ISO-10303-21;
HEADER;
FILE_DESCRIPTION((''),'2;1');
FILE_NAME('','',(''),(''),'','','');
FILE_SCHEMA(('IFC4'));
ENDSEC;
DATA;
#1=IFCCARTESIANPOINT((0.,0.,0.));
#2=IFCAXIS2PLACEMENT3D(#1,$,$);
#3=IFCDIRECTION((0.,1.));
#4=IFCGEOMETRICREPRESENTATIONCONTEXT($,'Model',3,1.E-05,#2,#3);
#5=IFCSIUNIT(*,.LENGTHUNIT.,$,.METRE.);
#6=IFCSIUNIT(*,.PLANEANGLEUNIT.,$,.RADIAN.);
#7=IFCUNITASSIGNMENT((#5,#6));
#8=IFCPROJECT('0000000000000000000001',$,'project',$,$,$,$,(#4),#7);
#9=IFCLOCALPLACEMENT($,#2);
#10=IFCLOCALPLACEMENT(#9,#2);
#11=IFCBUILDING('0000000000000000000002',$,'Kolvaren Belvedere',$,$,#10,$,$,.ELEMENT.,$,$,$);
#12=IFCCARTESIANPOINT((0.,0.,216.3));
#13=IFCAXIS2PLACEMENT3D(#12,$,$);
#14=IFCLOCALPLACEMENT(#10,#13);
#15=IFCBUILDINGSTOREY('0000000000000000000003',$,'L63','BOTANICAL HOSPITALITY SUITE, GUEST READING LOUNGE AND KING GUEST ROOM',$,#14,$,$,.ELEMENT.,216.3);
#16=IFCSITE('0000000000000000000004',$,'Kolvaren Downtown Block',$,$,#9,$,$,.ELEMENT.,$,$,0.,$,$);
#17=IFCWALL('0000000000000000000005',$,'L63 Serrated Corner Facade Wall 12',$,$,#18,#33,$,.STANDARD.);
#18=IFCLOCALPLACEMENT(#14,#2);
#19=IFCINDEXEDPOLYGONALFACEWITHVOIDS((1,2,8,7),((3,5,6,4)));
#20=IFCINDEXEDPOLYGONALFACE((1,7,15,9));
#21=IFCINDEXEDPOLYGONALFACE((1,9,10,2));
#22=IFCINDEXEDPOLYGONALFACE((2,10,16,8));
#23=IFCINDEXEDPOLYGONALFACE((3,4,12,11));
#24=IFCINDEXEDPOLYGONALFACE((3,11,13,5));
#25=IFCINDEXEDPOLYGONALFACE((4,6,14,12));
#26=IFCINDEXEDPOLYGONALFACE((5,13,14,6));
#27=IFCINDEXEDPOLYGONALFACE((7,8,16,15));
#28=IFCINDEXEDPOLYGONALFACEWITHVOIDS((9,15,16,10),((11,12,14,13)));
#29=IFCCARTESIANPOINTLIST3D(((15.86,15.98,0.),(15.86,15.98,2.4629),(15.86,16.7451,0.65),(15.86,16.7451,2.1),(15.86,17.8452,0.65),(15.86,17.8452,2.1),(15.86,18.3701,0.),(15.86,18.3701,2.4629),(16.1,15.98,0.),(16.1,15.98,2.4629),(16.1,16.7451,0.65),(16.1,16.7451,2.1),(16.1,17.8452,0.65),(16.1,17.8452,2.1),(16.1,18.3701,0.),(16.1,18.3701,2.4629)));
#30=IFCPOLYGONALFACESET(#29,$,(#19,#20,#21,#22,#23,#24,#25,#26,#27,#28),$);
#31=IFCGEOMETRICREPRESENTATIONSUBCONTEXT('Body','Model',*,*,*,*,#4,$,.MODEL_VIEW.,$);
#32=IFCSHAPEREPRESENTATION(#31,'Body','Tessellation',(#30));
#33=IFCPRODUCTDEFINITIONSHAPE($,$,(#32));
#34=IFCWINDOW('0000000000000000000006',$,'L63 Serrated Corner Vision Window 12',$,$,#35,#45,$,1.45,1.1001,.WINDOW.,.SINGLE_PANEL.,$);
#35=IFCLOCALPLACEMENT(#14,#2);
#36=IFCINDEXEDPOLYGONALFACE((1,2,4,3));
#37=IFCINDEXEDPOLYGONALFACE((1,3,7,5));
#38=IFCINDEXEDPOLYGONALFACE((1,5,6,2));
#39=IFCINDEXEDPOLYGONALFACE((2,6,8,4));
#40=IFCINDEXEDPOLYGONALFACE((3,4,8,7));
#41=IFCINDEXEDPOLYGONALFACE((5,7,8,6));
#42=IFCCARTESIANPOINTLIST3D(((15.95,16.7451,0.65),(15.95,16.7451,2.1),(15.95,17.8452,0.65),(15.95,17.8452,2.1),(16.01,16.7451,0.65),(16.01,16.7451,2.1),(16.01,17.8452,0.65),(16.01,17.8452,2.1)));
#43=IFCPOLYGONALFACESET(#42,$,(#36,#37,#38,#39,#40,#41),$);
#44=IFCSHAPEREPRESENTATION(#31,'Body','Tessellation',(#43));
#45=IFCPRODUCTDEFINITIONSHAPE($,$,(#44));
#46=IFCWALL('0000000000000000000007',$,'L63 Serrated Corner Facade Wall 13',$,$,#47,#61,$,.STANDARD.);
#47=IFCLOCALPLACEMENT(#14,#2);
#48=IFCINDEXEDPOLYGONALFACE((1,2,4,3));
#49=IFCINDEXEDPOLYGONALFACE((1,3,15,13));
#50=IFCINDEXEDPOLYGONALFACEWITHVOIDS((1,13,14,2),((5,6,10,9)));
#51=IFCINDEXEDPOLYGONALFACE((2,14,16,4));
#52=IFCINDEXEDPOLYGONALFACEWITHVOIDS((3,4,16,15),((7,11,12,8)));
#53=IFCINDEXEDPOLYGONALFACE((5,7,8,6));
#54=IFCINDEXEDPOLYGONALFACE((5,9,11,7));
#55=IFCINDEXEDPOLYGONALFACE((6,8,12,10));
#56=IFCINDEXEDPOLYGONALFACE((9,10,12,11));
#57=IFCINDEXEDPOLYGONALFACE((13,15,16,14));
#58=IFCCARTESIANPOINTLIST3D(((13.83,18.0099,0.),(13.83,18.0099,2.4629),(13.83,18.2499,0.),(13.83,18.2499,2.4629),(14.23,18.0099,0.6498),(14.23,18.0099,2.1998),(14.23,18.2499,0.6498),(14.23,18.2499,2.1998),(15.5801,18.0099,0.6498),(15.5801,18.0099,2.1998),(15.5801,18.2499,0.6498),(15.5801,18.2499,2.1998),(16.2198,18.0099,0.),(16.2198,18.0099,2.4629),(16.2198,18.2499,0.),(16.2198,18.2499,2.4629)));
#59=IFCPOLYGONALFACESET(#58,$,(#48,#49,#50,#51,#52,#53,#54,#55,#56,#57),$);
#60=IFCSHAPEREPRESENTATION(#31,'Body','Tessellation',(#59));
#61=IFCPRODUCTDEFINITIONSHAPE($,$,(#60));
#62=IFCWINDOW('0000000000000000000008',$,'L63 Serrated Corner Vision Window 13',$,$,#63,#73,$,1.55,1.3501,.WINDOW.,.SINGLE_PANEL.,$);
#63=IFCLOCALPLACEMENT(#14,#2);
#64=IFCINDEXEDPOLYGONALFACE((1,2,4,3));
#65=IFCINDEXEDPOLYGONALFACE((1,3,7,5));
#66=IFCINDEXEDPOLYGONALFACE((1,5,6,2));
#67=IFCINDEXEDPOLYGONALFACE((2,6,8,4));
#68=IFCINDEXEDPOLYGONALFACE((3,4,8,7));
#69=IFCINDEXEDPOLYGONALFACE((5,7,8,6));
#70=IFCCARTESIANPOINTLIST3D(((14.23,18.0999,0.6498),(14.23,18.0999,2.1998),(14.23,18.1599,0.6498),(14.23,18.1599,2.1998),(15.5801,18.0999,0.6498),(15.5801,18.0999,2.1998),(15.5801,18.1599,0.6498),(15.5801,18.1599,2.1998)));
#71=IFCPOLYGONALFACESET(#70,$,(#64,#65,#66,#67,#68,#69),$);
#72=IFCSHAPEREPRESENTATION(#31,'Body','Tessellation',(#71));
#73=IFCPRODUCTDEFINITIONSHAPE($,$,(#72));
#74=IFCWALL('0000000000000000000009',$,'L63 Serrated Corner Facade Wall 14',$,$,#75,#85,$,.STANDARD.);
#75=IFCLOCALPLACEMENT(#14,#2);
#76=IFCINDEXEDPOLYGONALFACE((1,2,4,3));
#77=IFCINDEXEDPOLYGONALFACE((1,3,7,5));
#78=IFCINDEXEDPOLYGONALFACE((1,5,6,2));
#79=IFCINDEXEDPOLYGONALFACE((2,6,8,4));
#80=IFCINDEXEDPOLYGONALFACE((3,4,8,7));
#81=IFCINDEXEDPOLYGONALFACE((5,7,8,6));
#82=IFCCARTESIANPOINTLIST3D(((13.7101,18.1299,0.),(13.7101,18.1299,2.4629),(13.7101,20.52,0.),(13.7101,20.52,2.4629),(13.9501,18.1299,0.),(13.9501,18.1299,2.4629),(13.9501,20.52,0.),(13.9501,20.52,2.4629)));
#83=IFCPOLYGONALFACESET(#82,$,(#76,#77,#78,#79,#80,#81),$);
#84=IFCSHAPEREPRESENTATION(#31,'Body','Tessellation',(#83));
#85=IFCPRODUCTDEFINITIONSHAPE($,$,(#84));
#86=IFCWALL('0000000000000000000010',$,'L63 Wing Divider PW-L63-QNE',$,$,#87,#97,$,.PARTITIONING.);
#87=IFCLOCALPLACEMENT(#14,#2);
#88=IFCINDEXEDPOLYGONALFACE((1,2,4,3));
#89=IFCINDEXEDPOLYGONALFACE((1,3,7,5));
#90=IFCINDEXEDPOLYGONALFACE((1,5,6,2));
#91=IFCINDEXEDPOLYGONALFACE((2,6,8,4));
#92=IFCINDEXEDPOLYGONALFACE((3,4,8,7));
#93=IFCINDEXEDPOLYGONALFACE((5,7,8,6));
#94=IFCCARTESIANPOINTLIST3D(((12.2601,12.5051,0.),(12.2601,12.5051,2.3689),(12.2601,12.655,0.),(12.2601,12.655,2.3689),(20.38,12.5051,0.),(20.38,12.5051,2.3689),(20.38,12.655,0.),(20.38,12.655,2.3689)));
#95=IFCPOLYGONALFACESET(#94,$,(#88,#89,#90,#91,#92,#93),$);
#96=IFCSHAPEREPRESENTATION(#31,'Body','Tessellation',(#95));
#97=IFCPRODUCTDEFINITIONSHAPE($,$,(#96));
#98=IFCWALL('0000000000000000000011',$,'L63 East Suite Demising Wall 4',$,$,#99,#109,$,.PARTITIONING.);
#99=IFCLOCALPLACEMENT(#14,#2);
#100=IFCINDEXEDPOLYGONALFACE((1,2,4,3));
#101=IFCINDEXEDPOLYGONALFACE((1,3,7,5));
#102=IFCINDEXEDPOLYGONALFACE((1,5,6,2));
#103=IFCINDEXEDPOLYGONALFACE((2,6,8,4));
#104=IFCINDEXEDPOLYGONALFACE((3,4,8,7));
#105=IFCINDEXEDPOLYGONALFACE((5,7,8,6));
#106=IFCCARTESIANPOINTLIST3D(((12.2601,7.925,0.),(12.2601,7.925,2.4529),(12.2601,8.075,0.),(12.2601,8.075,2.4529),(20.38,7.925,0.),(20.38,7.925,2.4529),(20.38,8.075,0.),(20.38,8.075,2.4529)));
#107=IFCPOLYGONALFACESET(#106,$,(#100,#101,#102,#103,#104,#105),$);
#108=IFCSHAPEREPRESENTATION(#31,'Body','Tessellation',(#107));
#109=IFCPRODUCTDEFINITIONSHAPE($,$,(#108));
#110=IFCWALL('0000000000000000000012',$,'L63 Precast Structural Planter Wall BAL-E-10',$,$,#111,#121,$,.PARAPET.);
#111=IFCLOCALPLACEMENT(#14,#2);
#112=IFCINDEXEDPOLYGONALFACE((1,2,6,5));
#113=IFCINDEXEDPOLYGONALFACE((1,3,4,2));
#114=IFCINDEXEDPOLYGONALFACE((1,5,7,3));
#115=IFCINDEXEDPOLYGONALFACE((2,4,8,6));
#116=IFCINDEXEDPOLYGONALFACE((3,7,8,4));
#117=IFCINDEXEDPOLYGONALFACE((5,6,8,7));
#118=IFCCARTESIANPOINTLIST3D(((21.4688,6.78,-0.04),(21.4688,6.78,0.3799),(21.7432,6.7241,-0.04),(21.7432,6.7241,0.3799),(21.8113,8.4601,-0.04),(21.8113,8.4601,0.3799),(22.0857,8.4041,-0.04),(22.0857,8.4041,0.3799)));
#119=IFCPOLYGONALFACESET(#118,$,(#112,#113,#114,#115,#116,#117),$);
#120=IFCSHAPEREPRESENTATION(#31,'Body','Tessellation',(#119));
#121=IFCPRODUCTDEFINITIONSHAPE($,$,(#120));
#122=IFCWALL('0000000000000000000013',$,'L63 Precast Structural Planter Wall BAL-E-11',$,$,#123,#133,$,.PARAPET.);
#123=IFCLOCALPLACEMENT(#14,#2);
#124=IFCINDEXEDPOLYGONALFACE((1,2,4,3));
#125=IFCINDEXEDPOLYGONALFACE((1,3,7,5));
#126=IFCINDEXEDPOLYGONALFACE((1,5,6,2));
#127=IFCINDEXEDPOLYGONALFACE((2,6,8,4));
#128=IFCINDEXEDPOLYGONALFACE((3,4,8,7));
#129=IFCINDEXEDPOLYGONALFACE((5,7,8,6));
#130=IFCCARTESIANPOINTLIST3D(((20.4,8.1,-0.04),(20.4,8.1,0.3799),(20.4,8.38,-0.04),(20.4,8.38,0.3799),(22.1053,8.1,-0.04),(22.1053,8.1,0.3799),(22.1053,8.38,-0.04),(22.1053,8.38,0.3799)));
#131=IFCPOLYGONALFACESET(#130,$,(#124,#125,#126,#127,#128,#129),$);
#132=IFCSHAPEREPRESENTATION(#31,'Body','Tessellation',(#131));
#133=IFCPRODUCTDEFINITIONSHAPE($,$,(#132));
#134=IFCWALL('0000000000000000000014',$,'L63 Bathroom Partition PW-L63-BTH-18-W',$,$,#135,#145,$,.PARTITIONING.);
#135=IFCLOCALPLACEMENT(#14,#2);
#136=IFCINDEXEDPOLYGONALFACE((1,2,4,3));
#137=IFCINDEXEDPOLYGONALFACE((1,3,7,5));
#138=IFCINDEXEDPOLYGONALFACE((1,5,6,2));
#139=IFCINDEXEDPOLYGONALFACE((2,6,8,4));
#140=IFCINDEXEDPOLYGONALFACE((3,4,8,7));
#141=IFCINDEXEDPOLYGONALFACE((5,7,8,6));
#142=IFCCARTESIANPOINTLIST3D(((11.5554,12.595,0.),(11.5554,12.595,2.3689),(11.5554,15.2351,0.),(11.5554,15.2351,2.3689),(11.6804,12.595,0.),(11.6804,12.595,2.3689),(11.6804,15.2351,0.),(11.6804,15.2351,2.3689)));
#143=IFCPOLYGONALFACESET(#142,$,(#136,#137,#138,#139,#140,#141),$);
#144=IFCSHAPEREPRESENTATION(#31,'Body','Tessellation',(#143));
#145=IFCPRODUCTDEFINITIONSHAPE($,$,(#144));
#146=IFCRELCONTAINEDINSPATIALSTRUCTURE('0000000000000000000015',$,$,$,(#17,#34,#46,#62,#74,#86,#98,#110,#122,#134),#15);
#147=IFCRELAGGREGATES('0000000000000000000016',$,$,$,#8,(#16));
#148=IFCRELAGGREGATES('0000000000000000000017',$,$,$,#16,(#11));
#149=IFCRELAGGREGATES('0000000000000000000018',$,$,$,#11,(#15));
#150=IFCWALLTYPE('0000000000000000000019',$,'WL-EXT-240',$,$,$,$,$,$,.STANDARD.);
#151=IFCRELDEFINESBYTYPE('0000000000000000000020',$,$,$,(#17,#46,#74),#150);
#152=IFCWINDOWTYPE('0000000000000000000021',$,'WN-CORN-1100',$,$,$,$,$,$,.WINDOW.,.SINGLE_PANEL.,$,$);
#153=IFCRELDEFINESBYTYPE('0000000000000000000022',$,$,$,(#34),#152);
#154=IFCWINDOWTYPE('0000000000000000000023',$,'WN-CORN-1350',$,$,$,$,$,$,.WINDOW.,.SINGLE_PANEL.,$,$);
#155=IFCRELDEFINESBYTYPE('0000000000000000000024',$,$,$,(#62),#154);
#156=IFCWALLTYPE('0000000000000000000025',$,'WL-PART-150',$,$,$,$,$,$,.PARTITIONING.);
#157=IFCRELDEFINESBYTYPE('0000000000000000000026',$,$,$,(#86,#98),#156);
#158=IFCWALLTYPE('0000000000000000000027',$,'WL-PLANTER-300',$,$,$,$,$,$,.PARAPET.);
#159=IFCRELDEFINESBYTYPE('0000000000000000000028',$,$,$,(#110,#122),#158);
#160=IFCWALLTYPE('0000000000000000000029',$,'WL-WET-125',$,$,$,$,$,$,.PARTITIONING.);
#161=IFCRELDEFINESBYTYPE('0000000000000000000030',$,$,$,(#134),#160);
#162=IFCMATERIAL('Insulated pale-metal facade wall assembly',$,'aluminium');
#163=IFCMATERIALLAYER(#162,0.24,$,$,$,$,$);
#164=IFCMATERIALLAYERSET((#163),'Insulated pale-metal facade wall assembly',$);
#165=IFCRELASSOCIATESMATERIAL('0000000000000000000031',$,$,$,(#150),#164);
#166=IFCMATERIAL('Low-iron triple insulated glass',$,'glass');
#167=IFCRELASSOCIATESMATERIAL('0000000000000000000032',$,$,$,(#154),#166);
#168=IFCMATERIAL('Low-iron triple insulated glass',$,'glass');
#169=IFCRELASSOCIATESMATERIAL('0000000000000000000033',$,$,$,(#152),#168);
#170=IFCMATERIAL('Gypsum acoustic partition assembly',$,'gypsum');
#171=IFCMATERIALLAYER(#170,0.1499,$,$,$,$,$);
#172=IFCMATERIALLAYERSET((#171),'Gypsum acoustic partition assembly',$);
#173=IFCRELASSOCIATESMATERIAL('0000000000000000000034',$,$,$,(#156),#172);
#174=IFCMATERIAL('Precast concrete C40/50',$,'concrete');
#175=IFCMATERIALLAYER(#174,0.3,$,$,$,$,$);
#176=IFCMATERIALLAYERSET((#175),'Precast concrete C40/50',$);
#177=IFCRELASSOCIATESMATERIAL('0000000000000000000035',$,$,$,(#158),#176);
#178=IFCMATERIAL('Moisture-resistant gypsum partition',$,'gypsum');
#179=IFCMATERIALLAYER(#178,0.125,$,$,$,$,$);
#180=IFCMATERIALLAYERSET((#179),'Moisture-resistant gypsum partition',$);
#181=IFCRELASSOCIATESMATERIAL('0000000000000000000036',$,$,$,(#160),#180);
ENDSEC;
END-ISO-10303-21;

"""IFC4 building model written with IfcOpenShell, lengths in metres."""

from ifc_helpers import new_model, si_unit, direction, frame, frame_2d, origin, place, context, subcontext, project, spatial, rectangle, extrude, material, layer, layer_set, type_object, element, fill, save


model = new_model("IFC4")

# Units and contexts
model_context = context("Model", 3, precision=1e-05, world=origin(), true_north=direction((0.0, 1.0)))
body_context = subcontext(model_context, "Body", "Model", "MODEL_VIEW")
ifc_project = project(units=[si_unit("LENGTHUNIT", "METRE"), si_unit("PLANEANGLEUNIT", "RADIAN")], contexts=[model_context])

# Site, building, storey
site_placement = place(None, origin())
site = spatial("IfcSite", under=ifc_project, at=site_placement, Name="Kolvaren Downtown Block", CompositionType="ELEMENT", RefElevation=0.0)
building_placement = place(site_placement, origin())
building = spatial("IfcBuilding", under=site, at=building_placement, Name="Kolvaren Belvedere", CompositionType="ELEMENT")
storey_placement = place(building_placement, frame((0.0, 0.0, 216.3)))
storey = spatial("IfcBuildingStorey", under=building, at=storey_placement, Name="L63", Description="BOTANICAL HOSPITALITY SUITE, GUEST READING LOUNGE AND KING GUEST ROOM", CompositionType="ELEMENT", Elevation=216.3)

# Shared definitions
ifc_material_1 = material(Name="Insulated pale-metal facade wall assembly", Category="aluminium")
ifc_layer_1 = layer(ifc_material_1, 0.24)
ifc_layer_set_1 = layer_set([ifc_layer_1], Name="Insulated pale-metal facade wall assembly")
wall_type_1 = type_object("IfcWallType", Name="WL-EXT-240", PredefinedType="STANDARD", material=ifc_layer_set_1)

# Walls, openings, windows
ifc_material_2 = material(Name="Low-iron triple insulated glass", Category="glass")
window_type_1 = type_object("IfcWindowType", Name="WN-CORN-1350", PartitioningType="SINGLE_PANEL", PredefinedType="WINDOW", material=ifc_material_2)
ifc_material_3 = material(Name="Low-iron triple insulated glass", Category="glass")
window_type_2 = type_object("IfcWindowType", Name="WN-CORN-1100", PartitioningType="SINGLE_PANEL", PredefinedType="WINDOW", material=ifc_material_3)
wall_1_placement = place(storey_placement, frame((15.98, 18.3701, 0.0), z_axis=(0.0, 0.0, 1.0), x_axis=(0.0, -1.0, 0.0)))
wall_1 = element("IfcWall", 1, at=wall_1_placement, inside=storey, type_object=wall_type_1, Name="L63 Serrated Corner Facade Wall 12", PredefinedType="STANDARD", context=body_context, shape_type="SweptSolid", body=[
    extrude(rectangle(XDim=2.3901, YDim=0.24, at=frame_2d((1.1951, 0.0))), origin(), (0.0, 0.0, 1.0), 2.4629),
])
opening_1_placement = place(wall_1_placement, frame((0.5249, 0.0, 0.6499)))
opening_1 = element("IfcOpeningElement", 2, at=opening_1_placement, cuts=wall_1, PredefinedType="OPENING", context=body_context, shape_type="SweptSolid", body=[
    extrude(rectangle(XDim=1.1001, YDim=1.45, at=frame_2d((0.55, 0.7251))), frame((0.0, 0.1299, 0.0), z_axis=(0.0, -1.0, 0.0), x_axis=(1.0, 0.0, 0.0)), (0.0, 0.0, 1.0), 0.26),
])
window_1_placement = place(opening_1_placement, origin())
window_1 = element("IfcWindow", 3, at=window_1_placement, inside=storey, type_object=window_type_2, Name="L63 Serrated Corner Vision Window 12", OverallHeight=1.45, OverallWidth=1.1001, PartitioningType="SINGLE_PANEL", PredefinedType="WINDOW", context=body_context, shape_type="SweptSolid", body=[
    extrude(rectangle(XDim=1.1001, YDim=1.45, at=frame_2d((0.55, 0.7251))), frame((0.0, 0.03, 0.0), z_axis=(0.0, -1.0, 0.0), x_axis=(1.0, 0.0, 0.0)), (0.0, 0.0, 1.0), 0.0601),
])
fill(opening_1, window_1)
wall_2_placement = place(storey_placement, frame((13.8301, 18.1299, 0.0), z_axis=(0.0, 0.0, 1.0), x_axis=(1.0, 0.0, 0.0)))
wall_2 = element("IfcWall", 4, at=wall_2_placement, inside=storey, type_object=wall_type_1, Name="L63 Serrated Corner Facade Wall 13", PredefinedType="STANDARD", context=body_context, shape_type="SweptSolid", body=[
    extrude(rectangle(XDim=2.3899, YDim=0.24, at=frame_2d((1.1948, 0.0))), origin(), (0.0, 0.0, 1.0), 2.4629),
])
opening_2_placement = place(wall_2_placement, frame((0.3999, 0.0, 0.6499)))
opening_2 = element("IfcOpeningElement", 5, at=opening_2_placement, cuts=wall_2, PredefinedType="OPENING", context=body_context, shape_type="SweptSolid", body=[
    extrude(rectangle(XDim=1.3501, YDim=1.55, at=frame_2d((0.675, 0.7749))), frame((0.0, 0.1299, 0.0), z_axis=(0.0, -1.0, 0.0), x_axis=(1.0, 0.0, 0.0)), (0.0, 0.0, 1.0), 0.26),
])
window_2_placement = place(opening_2_placement, origin())
window_2 = element("IfcWindow", 6, at=window_2_placement, inside=storey, type_object=window_type_1, Name="L63 Serrated Corner Vision Window 13", OverallHeight=1.55, OverallWidth=1.3501, PartitioningType="SINGLE_PANEL", PredefinedType="WINDOW", context=body_context, shape_type="SweptSolid", body=[
    extrude(rectangle(XDim=1.3501, YDim=1.55, at=frame_2d((0.675, 0.7749))), frame((0.0, 0.03, 0.0), z_axis=(0.0, -1.0, 0.0), x_axis=(1.0, 0.0, 0.0)), (0.0, 0.0, 1.0), 0.0601),
])
fill(opening_2, window_2)

# Walls
wall_3_placement = place(storey_placement, frame((13.8301, 20.52, 0.0), z_axis=(0.0, 0.0, 1.0), x_axis=(0.0, -1.0, 0.0)))
element("IfcWall", 7, at=wall_3_placement, inside=storey, type_object=wall_type_1, Name="L63 Serrated Corner Facade Wall 14", PredefinedType="STANDARD", context=body_context, shape_type="SweptSolid", body=[
    extrude(rectangle(XDim=2.3901, YDim=0.24, at=frame_2d((1.1951, 0.0))), origin(), (0.0, 0.0, 1.0), 2.4629),
])
ifc_material_4 = material(Name="Gypsum acoustic partition assembly", Category="gypsum")
ifc_layer_2 = layer(ifc_material_4, 0.1499)
ifc_layer_set_2 = layer_set([ifc_layer_2], Name="Gypsum acoustic partition assembly")
wall_type_2 = type_object("IfcWallType", Name="WL-PART-150", PredefinedType="PARTITIONING", material=ifc_layer_set_2)
wall_4_placement = place(storey_placement, frame((12.26, 12.5801, 0.0), z_axis=(0.0, 0.0, 1.0), x_axis=(1.0, 0.0, 0.0)))
element("IfcWall", 8, at=wall_4_placement, inside=storey, type_object=wall_type_2, Name="L63 Wing Divider PW-L63-QNE", PredefinedType="PARTITIONING", context=body_context, shape_type="SweptSolid", body=[
    extrude(rectangle(XDim=8.1199, YDim=0.1499, at=frame_2d((4.0601, 0.0))), origin(), (0.0, 0.0, 1.0), 2.3689),
])
wall_5_placement = place(storey_placement, frame((12.26, 8.0, 0.0), z_axis=(0.0, 0.0, 1.0), x_axis=(1.0, 0.0, 0.0)))
element("IfcWall", 9, at=wall_5_placement, inside=storey, type_object=wall_type_2, Name="L63 East Suite Demising Wall 4", PredefinedType="PARTITIONING", context=body_context, shape_type="SweptSolid", body=[
    extrude(rectangle(XDim=8.1199, YDim=0.1499, at=frame_2d((4.0601, 0.0))), origin(), (0.0, 0.0, 1.0), 2.4529),
])
ifc_material_5 = material(Name="Precast concrete C40/50", Category="concrete")
ifc_layer_3 = layer(ifc_material_5, 0.3)
ifc_layer_set_3 = layer_set([ifc_layer_3], Name="Precast concrete C40/50")
wall_type_3 = type_object("IfcWallType", Name="WL-PLANTER-300", PredefinedType="PARAPET", material=ifc_layer_set_3)
wall_6_placement = place(storey_placement, frame((21.606, 6.752, -0.04), z_axis=(0.0, 0.0, 1.0), x_axis=(0.199784, 0.97984, 0.0)))
element("IfcWall", 10, at=wall_6_placement, inside=storey, type_object=wall_type_3, Name="L63 Precast Structural Planter Wall BAL-E-10", PredefinedType="PARAPET", context=body_context, shape_type="SweptSolid", body=[
    extrude(rectangle(XDim=1.7146, YDim=0.28, at=frame_2d((0.8574, 0.0))), origin(), (0.0, 0.0, 1.0), 0.4199),
])
wall_7_placement = place(storey_placement, frame((22.1052, 8.24, -0.04), z_axis=(0.0, 0.0, 1.0), x_axis=(-1.0, 0.0, 0.0)))
element("IfcWall", 11, at=wall_7_placement, inside=storey, type_object=wall_type_3, Name="L63 Precast Structural Planter Wall BAL-E-11", PredefinedType="PARAPET", context=body_context, shape_type="SweptSolid", body=[
    extrude(rectangle(XDim=1.7053, YDim=0.28, at=frame_2d((0.8525, 0.0))), origin(), (0.0, 0.0, 1.0), 0.4199),
])
ifc_material_6 = material(Name="Moisture-resistant gypsum partition", Category="gypsum")
ifc_layer_4 = layer(ifc_material_6, 0.125)
ifc_layer_set_4 = layer_set([ifc_layer_4], Name="Moisture-resistant gypsum partition")
wall_type_4 = type_object("IfcWallType", Name="WL-WET-125", PredefinedType="PARTITIONING", material=ifc_layer_set_4)
wall_8_placement = place(storey_placement, frame((11.6179, 12.595, 0.0), z_axis=(0.0, 0.0, 1.0), x_axis=(0.0, 1.0, 0.0)))
element("IfcWall", 12, at=wall_8_placement, inside=storey, type_object=wall_type_4, Name="L63 Bathroom Partition PW-L63-BTH-18-W", PredefinedType="PARTITIONING", context=body_context, shape_type="SweptSolid", body=[
    extrude(rectangle(XDim=2.6401, YDim=0.125, at=frame_2d((1.3201, 0.0))), origin(), (0.0, 0.0, 1.0), 2.3689),
])

save(model, "model.ifc")
